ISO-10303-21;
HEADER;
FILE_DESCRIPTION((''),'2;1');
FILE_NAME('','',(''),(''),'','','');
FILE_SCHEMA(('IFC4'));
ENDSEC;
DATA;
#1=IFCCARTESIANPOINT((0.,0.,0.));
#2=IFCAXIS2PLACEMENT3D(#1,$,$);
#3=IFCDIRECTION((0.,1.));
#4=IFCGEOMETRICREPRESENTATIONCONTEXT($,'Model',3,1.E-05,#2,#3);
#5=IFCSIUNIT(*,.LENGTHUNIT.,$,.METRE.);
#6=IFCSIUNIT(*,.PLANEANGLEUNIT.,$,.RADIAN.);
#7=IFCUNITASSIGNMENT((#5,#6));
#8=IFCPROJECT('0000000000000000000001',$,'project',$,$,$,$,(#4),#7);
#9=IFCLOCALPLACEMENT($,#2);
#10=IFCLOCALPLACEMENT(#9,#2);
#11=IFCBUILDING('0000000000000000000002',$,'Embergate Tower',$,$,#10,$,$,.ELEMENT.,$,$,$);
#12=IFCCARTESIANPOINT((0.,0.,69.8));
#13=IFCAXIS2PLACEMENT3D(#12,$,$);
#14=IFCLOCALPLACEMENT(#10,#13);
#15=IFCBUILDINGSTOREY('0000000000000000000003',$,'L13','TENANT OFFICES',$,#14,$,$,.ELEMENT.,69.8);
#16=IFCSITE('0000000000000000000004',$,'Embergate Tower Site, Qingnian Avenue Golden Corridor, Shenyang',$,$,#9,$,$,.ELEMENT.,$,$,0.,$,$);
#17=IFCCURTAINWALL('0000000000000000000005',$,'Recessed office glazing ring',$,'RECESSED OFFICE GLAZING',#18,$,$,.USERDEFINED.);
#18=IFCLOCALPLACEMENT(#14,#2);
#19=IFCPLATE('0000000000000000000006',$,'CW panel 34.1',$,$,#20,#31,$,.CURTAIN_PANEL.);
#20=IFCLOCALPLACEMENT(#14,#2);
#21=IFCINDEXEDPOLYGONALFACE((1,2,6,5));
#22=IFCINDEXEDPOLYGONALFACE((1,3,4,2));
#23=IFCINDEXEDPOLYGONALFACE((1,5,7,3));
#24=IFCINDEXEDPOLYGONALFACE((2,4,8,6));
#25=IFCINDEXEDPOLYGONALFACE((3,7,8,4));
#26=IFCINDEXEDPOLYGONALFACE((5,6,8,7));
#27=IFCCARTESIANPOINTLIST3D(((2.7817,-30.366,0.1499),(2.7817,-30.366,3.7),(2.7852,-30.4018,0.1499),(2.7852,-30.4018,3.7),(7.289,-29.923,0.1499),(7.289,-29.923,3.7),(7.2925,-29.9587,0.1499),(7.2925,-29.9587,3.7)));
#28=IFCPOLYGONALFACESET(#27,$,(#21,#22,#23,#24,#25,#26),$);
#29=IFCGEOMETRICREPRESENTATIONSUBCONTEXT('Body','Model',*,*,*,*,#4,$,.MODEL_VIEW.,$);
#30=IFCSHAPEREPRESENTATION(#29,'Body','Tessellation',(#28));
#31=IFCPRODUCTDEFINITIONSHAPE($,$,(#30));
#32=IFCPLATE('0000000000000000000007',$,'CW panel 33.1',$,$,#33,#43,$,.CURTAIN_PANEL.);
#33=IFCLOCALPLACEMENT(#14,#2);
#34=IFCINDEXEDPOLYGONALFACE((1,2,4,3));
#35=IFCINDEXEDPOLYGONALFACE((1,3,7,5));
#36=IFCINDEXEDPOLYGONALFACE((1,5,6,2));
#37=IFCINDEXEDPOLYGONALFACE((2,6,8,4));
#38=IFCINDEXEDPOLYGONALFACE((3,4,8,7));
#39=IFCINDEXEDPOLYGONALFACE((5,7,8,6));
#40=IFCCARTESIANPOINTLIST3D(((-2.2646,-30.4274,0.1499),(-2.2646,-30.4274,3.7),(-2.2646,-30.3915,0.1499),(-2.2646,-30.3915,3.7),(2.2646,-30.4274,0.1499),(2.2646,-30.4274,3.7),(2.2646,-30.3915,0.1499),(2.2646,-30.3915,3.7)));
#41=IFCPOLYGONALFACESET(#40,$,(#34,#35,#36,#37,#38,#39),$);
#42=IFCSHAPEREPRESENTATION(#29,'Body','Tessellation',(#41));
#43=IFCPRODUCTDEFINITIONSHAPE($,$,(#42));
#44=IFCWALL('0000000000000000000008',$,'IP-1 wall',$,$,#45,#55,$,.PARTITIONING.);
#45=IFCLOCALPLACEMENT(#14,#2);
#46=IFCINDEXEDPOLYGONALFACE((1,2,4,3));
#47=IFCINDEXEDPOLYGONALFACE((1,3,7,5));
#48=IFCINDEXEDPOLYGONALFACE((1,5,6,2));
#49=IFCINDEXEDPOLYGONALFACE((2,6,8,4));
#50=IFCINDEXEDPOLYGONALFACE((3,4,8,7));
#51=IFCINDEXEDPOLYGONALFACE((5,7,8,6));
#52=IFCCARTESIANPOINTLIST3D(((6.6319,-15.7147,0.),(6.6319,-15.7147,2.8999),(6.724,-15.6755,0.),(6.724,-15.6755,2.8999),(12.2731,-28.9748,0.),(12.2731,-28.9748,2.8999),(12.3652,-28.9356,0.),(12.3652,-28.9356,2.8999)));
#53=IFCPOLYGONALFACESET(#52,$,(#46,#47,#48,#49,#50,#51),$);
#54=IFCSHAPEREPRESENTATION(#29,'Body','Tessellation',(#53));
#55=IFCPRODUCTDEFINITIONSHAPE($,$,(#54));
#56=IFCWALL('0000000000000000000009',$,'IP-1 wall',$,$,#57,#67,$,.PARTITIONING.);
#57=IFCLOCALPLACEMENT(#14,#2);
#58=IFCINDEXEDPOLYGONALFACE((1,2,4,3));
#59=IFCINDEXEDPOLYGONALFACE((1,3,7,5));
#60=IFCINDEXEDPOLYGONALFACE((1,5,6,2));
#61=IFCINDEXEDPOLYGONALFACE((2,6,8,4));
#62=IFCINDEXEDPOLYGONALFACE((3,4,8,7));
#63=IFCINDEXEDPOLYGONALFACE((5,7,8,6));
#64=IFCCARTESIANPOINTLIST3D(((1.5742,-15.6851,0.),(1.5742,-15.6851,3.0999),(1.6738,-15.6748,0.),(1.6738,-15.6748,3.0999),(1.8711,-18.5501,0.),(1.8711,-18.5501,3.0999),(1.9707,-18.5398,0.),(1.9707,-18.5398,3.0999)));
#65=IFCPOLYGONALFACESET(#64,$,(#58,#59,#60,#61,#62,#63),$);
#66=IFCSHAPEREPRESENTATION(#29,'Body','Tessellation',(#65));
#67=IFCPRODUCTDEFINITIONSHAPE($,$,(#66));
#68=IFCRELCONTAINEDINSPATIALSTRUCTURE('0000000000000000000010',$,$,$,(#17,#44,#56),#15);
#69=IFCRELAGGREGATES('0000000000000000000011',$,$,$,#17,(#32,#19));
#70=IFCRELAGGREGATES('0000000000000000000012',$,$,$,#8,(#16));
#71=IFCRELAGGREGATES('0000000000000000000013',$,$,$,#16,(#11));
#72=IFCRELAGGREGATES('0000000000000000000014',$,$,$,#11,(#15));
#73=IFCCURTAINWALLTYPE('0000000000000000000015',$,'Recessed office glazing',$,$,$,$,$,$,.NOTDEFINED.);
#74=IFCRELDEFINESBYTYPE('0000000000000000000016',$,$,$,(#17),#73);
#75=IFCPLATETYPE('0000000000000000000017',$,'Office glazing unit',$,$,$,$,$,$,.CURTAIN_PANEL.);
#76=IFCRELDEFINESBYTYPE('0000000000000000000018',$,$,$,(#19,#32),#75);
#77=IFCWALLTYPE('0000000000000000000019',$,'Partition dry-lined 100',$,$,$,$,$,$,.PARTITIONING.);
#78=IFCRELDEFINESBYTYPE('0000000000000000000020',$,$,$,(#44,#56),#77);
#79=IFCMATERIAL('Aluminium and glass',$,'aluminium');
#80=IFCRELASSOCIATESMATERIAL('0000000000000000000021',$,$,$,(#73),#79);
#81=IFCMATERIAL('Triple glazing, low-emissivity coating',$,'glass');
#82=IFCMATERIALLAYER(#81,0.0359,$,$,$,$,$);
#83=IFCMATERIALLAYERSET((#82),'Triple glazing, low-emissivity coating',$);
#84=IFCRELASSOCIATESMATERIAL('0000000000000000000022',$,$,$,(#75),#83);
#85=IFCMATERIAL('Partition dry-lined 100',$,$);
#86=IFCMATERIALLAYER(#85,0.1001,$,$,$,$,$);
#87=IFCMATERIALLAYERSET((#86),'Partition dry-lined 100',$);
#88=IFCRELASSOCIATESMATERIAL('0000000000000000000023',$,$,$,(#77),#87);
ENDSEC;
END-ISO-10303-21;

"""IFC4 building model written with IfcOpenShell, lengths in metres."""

from ifc_helpers import new_model, si_unit, direction, frame, frame_2d, origin, origin_2d, place, context, subcontext, project, spatial, rectangle, extrude, source, transform, mapped, material, layer, layer_set, type_object, element, aggregate, save


model = new_model("IFC4")

# Units and contexts
model_context = context("Model", 3, precision=1e-05, world=origin(), true_north=direction((0.0, 1.0)))
body_context = subcontext(model_context, "Body", "Model", "MODEL_VIEW")
ifc_project = project(units=[si_unit("LENGTHUNIT", "METRE"), si_unit("PLANEANGLEUNIT", "RADIAN")], contexts=[model_context])

# Site, building, storey
site_placement = place(None, origin())
site = spatial("IfcSite", under=ifc_project, at=site_placement, Name="Embergate Tower Site, Qingnian Avenue Golden Corridor, Shenyang", CompositionType="ELEMENT", RefElevation=0.0)
building_placement = place(site_placement, origin())
building = spatial("IfcBuilding", under=site, at=building_placement, Name="Embergate Tower", CompositionType="ELEMENT")
storey_placement = place(building_placement, frame((0.0, 0.0, 69.8)))
storey = spatial("IfcBuildingStorey", under=building, at=storey_placement, Name="L13", Description="TENANT OFFICES", CompositionType="ELEMENT", Elevation=69.8)

# Curtain wall, plates
ifc_material_1 = material(Name="Aluminium and glass", Category="aluminium")
curtain_wall_type = type_object("IfcCurtainWallType", Name="Recessed office glazing", PredefinedType="NOTDEFINED", material=ifc_material_1)
curtain_wall_placement = place(storey_placement, origin())
curtain_wall = element("IfcCurtainWall", 1, at=curtain_wall_placement, inside=storey, type_object=curtain_wall_type, Name="Recessed office glazing ring", ObjectType="RECESSED OFFICE GLAZING", PredefinedType="USERDEFINED")
ifc_material_2 = material(Name="Triple glazing, low-emissivity coating", Category="glass")
ifc_layer_1 = layer(ifc_material_2, 0.0359)
ifc_layer_set_1 = layer_set([ifc_layer_1], Name="Triple glazing, low-emissivity coating")
plate_type = type_object("IfcPlateType", Name="Office glazing unit", PredefinedType="CURTAIN_PANEL", material=ifc_layer_set_1)
shared_shape_1 = source(origin(), body_context, "Body", "SweptSolid", [
    extrude(rectangle(XDim=4.5291, YDim=0.0359, at=origin_2d()), origin(), (0.0, 0.0, 1.0), 3.55),
])
plate_1_placement = place(storey_placement, frame((5.0371, -30.1624, 0.1499), z_axis=(0.0, 0.0, 1.0), x_axis=(0.995203, 0.097831, 0.0)))
plate_1 = element("IfcPlate", 2, at=plate_1_placement, type_object=plate_type, Name="CW panel 34.1", PredefinedType="CURTAIN_PANEL", context=body_context, shape_type="MappedRepresentation", body=[
    mapped(shared_shape_1, transform((0.0, 0.0, 0.0))),
])
shared_shape_2 = source(origin(), body_context, "Body", "SweptSolid", [
    extrude(rectangle(XDim=4.5293, YDim=0.0359, at=origin_2d()), origin(), (0.0, 0.0, 1.0), 3.55),
])
plate_2_placement = place(storey_placement, frame((0.0, -30.4094, 0.1499), z_axis=(0.0, 0.0, 1.0), x_axis=(1.0, 0.0, 0.0)))
plate_2 = element("IfcPlate", 3, at=plate_2_placement, type_object=plate_type, Name="CW panel 33.1", PredefinedType="CURTAIN_PANEL", context=body_context, shape_type="MappedRepresentation", body=[
    mapped(shared_shape_2, transform((0.0, 0.0, 0.0))),
])
aggregate(curtain_wall, [plate_2, plate_1])

# Walls
ifc_material_3 = material(Name="Partition dry-lined 100")
ifc_layer_2 = layer(ifc_material_3, 0.1001)
ifc_layer_set_2 = layer_set([ifc_layer_2], Name="Partition dry-lined 100")
wall_type = type_object("IfcWallType", Name="Partition dry-lined 100", PredefinedType="PARTITIONING", material=ifc_layer_set_2)
shared_shape_3 = source(origin(), body_context, "Body", "SweptSolid", [
    extrude(rectangle(XDim=14.4102, YDim=0.1001, at=frame_2d((7.2051, 0.0))), origin(), (0.0, 0.0, 1.0), 2.8999),
])
wall_1_placement = place(storey_placement, frame((6.678, -15.6951, 0.0), z_axis=(0.0, 0.0, 1.0), x_axis=(0.39147, -0.920191, 0.0)))
element("IfcWall", 4, at=wall_1_placement, inside=storey, type_object=wall_type, Name="IP-1 wall", PredefinedType="PARTITIONING", context=body_context, shape_type="MappedRepresentation", body=[
    mapped(shared_shape_3, transform((0.0, 0.0, 0.0))),
])
shared_shape_4 = source(origin(), body_context, "Body", "SweptSolid", [
    extrude(rectangle(XDim=2.8804, YDim=0.1001, at=frame_2d((1.4402, 0.0))), origin(), (0.0, 0.0, 1.0), 3.0999),
])
wall_2_placement = place(storey_placement, frame((1.624, -15.6799, 0.0), z_axis=(0.0, 0.0, 1.0), x_axis=(0.10307, -0.994674, 0.0)))
element("IfcWall", 5, at=wall_2_placement, inside=storey, type_object=wall_type, Name="IP-1 wall", PredefinedType="PARTITIONING", context=body_context, shape_type="MappedRepresentation", body=[
    mapped(shared_shape_4, transform((0.0, 0.0, 0.0))),
])

save(model, "model.ifc")
